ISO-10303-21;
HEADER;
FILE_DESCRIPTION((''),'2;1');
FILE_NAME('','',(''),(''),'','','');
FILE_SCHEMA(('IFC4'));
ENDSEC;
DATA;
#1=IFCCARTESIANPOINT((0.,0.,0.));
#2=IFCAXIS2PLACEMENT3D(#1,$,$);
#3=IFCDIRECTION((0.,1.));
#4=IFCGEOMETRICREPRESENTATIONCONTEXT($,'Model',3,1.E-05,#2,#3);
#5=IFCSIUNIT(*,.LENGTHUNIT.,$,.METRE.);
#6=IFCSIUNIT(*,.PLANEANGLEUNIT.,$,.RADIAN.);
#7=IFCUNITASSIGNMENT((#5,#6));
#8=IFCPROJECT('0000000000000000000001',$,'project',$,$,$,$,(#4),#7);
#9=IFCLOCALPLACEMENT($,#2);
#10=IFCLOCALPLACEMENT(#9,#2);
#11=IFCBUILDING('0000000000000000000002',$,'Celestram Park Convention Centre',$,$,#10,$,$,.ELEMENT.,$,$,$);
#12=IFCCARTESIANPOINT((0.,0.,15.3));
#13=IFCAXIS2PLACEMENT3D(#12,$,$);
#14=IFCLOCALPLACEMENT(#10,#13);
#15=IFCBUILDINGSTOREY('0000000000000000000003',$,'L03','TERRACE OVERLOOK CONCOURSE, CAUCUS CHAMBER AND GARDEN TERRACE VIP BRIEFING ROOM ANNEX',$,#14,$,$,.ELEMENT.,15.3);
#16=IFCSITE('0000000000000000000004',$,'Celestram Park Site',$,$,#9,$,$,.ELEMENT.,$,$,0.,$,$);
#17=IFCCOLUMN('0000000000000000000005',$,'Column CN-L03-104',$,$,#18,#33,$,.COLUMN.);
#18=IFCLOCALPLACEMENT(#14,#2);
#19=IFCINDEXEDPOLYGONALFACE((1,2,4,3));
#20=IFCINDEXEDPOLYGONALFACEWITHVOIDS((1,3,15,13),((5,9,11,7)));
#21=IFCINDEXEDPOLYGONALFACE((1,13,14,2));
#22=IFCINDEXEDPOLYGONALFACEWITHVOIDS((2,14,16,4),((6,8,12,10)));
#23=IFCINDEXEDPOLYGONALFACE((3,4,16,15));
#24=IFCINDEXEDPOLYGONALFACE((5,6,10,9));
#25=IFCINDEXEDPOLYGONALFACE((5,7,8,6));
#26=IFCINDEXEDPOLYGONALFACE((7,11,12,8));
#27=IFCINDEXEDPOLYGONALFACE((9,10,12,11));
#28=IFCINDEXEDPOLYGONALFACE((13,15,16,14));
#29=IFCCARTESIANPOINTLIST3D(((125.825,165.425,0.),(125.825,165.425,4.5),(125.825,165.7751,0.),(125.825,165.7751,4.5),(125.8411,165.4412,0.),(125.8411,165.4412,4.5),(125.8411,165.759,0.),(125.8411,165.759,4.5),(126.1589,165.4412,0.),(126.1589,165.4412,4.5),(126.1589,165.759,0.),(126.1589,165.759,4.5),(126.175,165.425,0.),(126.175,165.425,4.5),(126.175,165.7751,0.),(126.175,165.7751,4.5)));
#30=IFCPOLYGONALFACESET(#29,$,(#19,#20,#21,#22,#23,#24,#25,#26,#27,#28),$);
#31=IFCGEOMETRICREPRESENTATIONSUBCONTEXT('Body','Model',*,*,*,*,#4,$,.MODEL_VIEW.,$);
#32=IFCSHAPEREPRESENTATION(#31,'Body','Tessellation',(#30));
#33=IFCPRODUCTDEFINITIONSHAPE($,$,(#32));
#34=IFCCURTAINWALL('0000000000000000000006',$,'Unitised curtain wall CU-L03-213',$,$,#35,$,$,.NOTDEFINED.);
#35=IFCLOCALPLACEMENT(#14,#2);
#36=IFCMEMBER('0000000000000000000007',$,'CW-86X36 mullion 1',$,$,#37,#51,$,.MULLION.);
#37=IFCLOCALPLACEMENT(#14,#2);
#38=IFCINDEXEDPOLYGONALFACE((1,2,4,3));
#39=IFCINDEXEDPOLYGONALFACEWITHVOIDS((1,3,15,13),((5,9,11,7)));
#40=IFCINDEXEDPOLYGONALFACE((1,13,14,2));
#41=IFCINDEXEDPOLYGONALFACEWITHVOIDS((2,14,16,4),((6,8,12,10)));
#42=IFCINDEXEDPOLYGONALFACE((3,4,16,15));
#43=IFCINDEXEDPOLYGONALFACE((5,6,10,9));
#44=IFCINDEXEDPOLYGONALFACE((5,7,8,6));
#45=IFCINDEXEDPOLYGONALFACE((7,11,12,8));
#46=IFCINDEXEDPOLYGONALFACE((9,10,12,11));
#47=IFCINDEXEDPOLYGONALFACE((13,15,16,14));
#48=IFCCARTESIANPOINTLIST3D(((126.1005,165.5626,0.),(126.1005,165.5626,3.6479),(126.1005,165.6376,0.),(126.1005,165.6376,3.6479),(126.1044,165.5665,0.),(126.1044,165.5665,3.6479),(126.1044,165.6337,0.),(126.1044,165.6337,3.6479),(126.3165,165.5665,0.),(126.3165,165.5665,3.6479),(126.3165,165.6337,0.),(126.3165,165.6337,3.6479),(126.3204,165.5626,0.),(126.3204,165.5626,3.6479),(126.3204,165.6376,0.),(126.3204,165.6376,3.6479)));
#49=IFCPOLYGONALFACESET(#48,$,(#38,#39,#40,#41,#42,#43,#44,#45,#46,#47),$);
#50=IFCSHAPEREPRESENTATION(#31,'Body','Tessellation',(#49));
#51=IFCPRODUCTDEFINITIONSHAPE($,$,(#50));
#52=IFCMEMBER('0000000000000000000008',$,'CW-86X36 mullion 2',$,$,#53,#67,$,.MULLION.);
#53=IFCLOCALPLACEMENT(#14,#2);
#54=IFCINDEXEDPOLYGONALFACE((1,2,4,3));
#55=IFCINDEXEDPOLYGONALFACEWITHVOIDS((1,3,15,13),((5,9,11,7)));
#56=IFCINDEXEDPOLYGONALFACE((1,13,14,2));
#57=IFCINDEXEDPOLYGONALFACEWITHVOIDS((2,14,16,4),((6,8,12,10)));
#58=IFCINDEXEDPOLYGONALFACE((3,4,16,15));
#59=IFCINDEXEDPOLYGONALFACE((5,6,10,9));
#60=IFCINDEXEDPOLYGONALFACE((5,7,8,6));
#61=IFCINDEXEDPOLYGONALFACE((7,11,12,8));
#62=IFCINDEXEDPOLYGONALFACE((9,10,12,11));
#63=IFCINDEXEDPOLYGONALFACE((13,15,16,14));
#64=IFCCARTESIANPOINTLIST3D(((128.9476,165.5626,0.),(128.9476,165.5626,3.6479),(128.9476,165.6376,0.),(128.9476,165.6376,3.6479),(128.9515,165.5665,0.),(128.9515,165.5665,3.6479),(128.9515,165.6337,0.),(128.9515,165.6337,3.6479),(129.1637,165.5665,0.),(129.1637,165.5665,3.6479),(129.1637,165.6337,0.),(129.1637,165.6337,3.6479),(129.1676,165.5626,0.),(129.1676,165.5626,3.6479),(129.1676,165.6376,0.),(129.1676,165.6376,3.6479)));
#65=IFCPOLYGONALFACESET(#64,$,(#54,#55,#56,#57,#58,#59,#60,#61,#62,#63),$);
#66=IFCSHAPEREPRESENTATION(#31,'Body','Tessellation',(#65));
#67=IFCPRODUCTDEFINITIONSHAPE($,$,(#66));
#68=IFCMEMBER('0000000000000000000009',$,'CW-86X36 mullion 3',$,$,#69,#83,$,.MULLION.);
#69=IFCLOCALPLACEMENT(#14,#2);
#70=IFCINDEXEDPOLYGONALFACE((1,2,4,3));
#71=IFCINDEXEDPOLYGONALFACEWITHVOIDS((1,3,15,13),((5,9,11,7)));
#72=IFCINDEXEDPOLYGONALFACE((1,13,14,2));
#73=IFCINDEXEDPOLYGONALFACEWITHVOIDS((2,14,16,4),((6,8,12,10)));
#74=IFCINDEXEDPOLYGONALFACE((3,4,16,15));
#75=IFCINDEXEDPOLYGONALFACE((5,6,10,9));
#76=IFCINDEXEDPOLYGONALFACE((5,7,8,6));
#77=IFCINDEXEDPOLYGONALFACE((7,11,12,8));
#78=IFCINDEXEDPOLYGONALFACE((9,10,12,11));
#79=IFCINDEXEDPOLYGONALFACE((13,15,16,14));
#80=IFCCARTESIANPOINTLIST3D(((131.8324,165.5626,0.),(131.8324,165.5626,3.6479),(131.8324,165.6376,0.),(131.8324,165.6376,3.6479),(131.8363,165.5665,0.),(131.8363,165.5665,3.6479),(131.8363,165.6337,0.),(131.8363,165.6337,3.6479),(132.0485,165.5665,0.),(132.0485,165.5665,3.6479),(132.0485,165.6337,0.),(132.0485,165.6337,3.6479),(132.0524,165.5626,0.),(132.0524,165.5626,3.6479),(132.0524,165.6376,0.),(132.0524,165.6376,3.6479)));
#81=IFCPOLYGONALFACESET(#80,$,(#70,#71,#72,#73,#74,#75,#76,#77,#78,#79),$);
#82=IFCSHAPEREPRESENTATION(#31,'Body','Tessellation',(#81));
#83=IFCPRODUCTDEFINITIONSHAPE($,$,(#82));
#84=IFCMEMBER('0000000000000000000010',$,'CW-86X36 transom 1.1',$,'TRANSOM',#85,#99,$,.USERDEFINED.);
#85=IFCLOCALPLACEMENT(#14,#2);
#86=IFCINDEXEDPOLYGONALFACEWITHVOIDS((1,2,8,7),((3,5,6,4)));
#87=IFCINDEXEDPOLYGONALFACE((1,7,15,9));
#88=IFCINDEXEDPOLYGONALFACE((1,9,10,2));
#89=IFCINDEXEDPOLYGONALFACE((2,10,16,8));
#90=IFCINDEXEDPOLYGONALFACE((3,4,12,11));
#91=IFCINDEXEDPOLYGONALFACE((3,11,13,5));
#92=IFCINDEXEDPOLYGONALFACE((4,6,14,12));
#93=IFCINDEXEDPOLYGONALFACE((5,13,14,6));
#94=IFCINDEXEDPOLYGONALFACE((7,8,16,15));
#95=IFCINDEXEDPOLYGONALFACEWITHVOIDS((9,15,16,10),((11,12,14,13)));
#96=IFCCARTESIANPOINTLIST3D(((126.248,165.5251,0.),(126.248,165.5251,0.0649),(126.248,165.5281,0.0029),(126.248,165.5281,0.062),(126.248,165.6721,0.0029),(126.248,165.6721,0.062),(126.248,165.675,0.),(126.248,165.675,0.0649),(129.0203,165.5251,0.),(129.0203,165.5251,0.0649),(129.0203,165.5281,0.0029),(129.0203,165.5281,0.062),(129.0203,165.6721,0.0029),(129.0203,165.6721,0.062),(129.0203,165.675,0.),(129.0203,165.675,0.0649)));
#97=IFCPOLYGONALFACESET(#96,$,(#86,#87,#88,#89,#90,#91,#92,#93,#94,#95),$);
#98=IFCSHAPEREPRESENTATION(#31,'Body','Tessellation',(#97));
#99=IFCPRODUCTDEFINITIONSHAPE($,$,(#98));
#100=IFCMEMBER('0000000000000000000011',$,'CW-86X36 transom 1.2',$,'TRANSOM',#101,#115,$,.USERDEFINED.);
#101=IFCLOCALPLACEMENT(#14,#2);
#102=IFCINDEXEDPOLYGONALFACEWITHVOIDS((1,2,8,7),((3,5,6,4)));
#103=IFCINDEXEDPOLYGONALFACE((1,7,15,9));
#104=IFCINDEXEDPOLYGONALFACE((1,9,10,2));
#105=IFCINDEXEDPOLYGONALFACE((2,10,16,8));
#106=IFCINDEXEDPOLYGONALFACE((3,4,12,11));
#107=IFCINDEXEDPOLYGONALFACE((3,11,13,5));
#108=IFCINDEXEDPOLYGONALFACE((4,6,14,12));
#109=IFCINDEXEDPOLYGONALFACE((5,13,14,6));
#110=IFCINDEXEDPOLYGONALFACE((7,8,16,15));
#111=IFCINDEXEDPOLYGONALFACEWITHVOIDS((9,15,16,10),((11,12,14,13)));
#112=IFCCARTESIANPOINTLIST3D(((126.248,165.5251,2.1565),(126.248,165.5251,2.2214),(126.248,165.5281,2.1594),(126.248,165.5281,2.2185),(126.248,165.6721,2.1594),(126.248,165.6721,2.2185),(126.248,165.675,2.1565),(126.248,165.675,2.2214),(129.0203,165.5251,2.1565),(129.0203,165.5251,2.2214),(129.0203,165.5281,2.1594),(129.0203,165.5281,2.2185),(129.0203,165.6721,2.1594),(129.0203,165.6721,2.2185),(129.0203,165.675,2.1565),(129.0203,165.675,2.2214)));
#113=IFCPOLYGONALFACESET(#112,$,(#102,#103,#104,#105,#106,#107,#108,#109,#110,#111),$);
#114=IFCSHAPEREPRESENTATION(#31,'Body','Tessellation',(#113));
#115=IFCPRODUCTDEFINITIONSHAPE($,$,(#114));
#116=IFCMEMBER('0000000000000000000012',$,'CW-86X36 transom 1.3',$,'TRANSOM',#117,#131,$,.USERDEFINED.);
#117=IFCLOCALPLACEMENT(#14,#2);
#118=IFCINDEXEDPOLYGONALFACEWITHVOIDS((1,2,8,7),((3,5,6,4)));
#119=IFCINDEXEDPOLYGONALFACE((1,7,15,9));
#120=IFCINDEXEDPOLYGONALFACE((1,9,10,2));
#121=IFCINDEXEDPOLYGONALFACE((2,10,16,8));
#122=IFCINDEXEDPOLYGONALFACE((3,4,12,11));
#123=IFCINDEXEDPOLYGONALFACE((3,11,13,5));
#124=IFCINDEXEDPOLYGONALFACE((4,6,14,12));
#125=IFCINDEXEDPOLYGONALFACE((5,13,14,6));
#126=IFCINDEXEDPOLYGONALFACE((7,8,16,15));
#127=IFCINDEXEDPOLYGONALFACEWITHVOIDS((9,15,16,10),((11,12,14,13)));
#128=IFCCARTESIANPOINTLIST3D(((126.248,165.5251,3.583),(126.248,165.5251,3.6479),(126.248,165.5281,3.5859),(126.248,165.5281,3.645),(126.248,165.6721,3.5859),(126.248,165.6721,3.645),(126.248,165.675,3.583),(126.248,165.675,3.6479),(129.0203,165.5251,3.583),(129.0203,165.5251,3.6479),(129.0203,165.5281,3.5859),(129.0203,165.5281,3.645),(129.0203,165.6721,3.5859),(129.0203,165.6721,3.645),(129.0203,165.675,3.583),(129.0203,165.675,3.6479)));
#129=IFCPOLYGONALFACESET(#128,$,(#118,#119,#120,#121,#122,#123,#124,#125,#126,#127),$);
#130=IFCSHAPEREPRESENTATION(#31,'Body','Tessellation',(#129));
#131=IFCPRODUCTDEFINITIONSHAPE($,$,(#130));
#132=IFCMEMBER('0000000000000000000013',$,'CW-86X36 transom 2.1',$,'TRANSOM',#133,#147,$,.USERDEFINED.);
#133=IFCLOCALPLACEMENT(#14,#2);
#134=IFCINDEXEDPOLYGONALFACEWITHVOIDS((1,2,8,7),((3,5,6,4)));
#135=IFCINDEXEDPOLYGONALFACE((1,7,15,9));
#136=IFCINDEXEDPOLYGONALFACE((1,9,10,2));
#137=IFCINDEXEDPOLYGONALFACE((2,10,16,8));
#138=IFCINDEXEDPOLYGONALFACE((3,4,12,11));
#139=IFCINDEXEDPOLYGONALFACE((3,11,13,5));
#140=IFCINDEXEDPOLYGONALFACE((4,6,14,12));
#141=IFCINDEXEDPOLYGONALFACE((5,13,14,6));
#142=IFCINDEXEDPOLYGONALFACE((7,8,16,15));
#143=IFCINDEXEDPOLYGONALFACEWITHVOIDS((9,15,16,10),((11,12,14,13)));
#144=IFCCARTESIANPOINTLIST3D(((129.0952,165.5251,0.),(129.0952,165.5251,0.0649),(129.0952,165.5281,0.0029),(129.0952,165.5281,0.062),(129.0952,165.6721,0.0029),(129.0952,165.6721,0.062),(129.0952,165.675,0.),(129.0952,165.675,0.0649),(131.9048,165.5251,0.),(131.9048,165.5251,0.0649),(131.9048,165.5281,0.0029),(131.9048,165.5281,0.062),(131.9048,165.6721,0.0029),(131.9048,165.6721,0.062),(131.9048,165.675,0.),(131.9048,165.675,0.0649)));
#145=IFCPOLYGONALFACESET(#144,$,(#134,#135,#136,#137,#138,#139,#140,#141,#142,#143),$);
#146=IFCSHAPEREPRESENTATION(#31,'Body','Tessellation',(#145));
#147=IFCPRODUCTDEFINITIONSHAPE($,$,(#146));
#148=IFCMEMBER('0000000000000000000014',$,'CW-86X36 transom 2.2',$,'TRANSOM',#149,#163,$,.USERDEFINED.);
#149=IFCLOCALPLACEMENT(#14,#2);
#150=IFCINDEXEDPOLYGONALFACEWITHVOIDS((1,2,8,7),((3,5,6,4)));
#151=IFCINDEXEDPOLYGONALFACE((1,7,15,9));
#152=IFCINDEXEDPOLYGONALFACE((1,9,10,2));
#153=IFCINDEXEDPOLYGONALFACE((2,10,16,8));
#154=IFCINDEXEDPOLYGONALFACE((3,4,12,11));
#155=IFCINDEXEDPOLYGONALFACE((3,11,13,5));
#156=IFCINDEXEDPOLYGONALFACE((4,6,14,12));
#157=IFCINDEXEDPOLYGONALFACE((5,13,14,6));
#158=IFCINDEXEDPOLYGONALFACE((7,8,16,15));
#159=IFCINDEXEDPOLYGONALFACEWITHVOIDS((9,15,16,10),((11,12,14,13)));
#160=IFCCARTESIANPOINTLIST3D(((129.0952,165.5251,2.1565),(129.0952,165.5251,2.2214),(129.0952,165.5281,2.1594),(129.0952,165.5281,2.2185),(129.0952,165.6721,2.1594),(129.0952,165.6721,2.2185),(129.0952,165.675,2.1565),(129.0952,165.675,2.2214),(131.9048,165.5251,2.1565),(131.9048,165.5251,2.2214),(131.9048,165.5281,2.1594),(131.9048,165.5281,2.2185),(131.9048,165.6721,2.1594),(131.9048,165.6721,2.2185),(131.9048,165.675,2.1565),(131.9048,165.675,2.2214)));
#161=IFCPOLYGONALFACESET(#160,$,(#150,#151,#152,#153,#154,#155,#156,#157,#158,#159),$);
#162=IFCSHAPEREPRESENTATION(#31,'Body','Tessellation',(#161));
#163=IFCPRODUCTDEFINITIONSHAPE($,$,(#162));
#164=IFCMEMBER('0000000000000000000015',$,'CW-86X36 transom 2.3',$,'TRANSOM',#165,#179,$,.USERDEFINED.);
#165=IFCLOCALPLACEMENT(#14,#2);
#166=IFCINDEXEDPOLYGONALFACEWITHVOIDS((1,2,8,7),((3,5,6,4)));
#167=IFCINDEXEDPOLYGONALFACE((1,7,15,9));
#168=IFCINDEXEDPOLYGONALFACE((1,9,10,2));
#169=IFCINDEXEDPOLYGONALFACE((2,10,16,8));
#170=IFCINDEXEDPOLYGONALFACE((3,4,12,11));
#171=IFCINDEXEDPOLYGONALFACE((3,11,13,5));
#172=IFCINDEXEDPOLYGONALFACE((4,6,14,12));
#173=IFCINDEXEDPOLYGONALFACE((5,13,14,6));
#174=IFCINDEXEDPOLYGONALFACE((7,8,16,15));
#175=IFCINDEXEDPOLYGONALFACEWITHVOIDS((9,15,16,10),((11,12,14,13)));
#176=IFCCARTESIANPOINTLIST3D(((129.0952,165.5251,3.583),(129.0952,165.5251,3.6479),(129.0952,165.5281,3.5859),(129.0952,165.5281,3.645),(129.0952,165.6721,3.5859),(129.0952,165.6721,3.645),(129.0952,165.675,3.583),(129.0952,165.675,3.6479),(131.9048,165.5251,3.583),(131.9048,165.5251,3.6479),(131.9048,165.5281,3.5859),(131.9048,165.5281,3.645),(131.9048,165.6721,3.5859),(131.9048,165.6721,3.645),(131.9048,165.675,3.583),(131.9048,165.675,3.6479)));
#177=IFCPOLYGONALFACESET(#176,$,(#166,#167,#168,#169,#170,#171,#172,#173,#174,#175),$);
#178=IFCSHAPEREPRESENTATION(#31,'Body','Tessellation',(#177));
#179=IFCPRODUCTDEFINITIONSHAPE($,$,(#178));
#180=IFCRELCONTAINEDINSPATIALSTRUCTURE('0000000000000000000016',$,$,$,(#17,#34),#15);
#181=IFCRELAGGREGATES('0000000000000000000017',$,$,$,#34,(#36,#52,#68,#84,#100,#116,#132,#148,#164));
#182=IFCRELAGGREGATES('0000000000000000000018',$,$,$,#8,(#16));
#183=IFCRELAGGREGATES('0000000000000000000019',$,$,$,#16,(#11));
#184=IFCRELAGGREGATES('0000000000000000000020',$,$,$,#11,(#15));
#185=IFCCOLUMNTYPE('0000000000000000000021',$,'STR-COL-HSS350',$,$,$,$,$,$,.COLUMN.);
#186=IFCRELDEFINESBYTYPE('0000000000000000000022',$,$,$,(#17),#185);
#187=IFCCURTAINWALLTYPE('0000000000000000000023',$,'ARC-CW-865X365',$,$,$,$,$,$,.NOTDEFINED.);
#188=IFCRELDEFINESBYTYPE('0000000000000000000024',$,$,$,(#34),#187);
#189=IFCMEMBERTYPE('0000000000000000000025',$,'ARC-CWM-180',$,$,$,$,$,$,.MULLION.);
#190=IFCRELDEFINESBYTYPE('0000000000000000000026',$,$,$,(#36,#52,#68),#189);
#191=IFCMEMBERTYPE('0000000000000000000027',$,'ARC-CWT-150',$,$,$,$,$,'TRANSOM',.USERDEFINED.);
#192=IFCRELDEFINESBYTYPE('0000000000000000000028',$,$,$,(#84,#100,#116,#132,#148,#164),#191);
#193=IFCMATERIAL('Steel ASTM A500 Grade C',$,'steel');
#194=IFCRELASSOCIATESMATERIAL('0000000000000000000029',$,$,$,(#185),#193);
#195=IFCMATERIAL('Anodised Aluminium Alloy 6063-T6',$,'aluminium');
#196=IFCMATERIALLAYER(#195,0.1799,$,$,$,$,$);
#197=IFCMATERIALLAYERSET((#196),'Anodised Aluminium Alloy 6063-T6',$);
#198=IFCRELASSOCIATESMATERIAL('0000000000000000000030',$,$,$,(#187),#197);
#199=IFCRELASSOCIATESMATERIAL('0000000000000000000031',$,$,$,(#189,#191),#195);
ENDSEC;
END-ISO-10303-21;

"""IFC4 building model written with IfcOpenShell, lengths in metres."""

from ifc_helpers import new_model, si_unit, direction, frame, origin, origin_2d, place, context, subcontext, project, spatial, hollow_rectangle, extrude, material, layer, layer_set, material_profile, profile_set, type_object, element, aggregate, save


model = new_model("IFC4")

# Units and contexts
model_context = context("Model", 3, precision=1e-05, world=origin(), true_north=direction((0.0, 1.0)))
body_context = subcontext(model_context, "Body", "Model", "MODEL_VIEW")
ifc_project = project(units=[si_unit("LENGTHUNIT", "METRE"), si_unit("PLANEANGLEUNIT", "RADIAN")], contexts=[model_context])

# Site, building, storey
site_placement = place(None, origin())
site = spatial("IfcSite", under=ifc_project, at=site_placement, Name="Celestram Park Site", CompositionType="ELEMENT", RefElevation=0.0)
building_placement = place(site_placement, origin())
building = spatial("IfcBuilding", under=site, at=building_placement, Name="Celestram Park Convention Centre", CompositionType="ELEMENT")
storey_placement = place(building_placement, frame((0.0, 0.0, 15.3)))
storey = spatial("IfcBuildingStorey", under=building, at=storey_placement, Name="L03", Description="TERRACE OVERLOOK CONCOURSE, CAUCUS CHAMBER AND GARDEN TERRACE VIP BRIEFING ROOM ANNEX", CompositionType="ELEMENT", Elevation=15.3)

# Column
ifc_material_1 = material(Name="Steel ASTM A500 Grade C", Category="steel")
ifc_material_profile_1 = material_profile(ifc_material_1, hollow_rectangle(XDim=0.3501, YDim=0.3501, WallThickness=0.0161, at=origin_2d()), Name="HSS350X350X16")
ifc_profile_set_1 = profile_set([ifc_material_profile_1], Name="Steel ASTM A500 Grade C")
column_type = type_object("IfcColumnType", Name="STR-COL-HSS350", PredefinedType="COLUMN", material=ifc_profile_set_1)
column_placement = place(storey_placement, frame((126.0, 165.6001, 0.0), z_axis=(0.0, 0.0, 1.0), x_axis=(1.0, 0.0, 0.0)))
element("IfcColumn", 1, at=column_placement, inside=storey, type_object=column_type, Name="Column CN-L03-104", PredefinedType="COLUMN", context=body_context, shape_type="SweptSolid", body=[
    extrude(hollow_rectangle(XDim=0.3501, YDim=0.3501, WallThickness=0.0161, at=origin_2d()), origin(), (0.0, 0.0, 1.0), 4.5),
])

# Curtain wall, members
ifc_material_2 = material(Name="Anodised Aluminium Alloy 6063-T6", Category="aluminium")
ifc_layer_1 = layer(ifc_material_2, 0.1799)
ifc_layer_set_1 = layer_set([ifc_layer_1], Name="Anodised Aluminium Alloy 6063-T6")
curtain_wall_type = type_object("IfcCurtainWallType", Name="ARC-CW-865X365", PredefinedType="NOTDEFINED", material=ifc_layer_set_1)
curtain_wall_placement = place(storey_placement, origin())
curtain_wall = element("IfcCurtainWall", 2, at=curtain_wall_placement, inside=storey, type_object=curtain_wall_type, Name="Unitised curtain wall CU-L03-213", PredefinedType="NOTDEFINED")
ifc_material_profile_2 = material_profile(ifc_material_2, hollow_rectangle(XDim=0.075, YDim=0.22, WallThickness=0.0039, at=origin_2d()), Name="ALU75X220X4")
ifc_profile_set_2 = profile_set([ifc_material_profile_2], Name="Anodised Aluminium Alloy 6063-T6")
member_type_1 = type_object("IfcMemberType", Name="ARC-CWM-180", PredefinedType="MULLION", material=ifc_profile_set_2)
member_1_placement = place(storey_placement, frame((126.2104, 165.6001, 0.0), z_axis=(0.0, 0.0, 1.0), x_axis=(0.0, 1.0, 0.0)))
member_1 = element("IfcMember", 3, at=member_1_placement, type_object=member_type_1, Name="CW-86X36 mullion 1", PredefinedType="MULLION", context=body_context, shape_type="SweptSolid", body=[
    extrude(hollow_rectangle(XDim=0.075, YDim=0.22, WallThickness=0.0039, at=origin_2d()), origin(), (0.0, 0.0, 1.0), 3.6479),
])
member_2_placement = place(storey_placement, frame((129.0576, 165.6001, 0.0), z_axis=(0.0, 0.0, 1.0), x_axis=(0.0, 1.0, 0.0)))
member_2 = element("IfcMember", 4, at=member_2_placement, type_object=member_type_1, Name="CW-86X36 mullion 2", PredefinedType="MULLION", context=body_context, shape_type="SweptSolid", body=[
    extrude(hollow_rectangle(XDim=0.075, YDim=0.22, WallThickness=0.0039, at=origin_2d()), origin(), (0.0, 0.0, 1.0), 3.6479),
])
member_3_placement = place(storey_placement, frame((131.9424, 165.6001, 0.0), z_axis=(0.0, 0.0, 1.0), x_axis=(0.0, 1.0, 0.0)))
member_3 = element("IfcMember", 5, at=member_3_placement, type_object=member_type_1, Name="CW-86X36 mullion 3", PredefinedType="MULLION", context=body_context, shape_type="SweptSolid", body=[
    extrude(hollow_rectangle(XDim=0.075, YDim=0.22, WallThickness=0.0039, at=origin_2d()), origin(), (0.0, 0.0, 1.0), 3.6479),
])
ifc_material_profile_3 = material_profile(ifc_material_2, hollow_rectangle(XDim=0.1499, YDim=0.0649, WallThickness=0.0029, at=origin_2d()), Name="ALU150X65X3")
ifc_profile_set_3 = profile_set([ifc_material_profile_3], Name="Anodised Aluminium Alloy 6063-T6")
member_type_2 = type_object("IfcMemberType", Name="ARC-CWT-150", ElementType="TRANSOM", PredefinedType="USERDEFINED", material=ifc_profile_set_3)
member_4_placement = place(storey_placement, frame((126.248, 165.6001, 0.0325), z_axis=(1.0, 0.0, 0.0), x_axis=(0.0, 1.0, 0.0)))
member_4 = element("IfcMember", 6, at=member_4_placement, type_object=member_type_2, Name="CW-86X36 transom 1.1", ObjectType="TRANSOM", PredefinedType="USERDEFINED", context=body_context, shape_type="SweptSolid", body=[
    extrude(hollow_rectangle(XDim=0.1499, YDim=0.0649, WallThickness=0.0029, at=origin_2d()), origin(), (0.0, 0.0, 1.0), 2.7722),
])
member_5_placement = place(storey_placement, frame((126.248, 165.6001, 2.189), z_axis=(1.0, 0.0, 0.0), x_axis=(0.0, 1.0, 0.0)))
member_5 = element("IfcMember", 7, at=member_5_placement, type_object=member_type_2, Name="CW-86X36 transom 1.2", ObjectType="TRANSOM", PredefinedType="USERDEFINED", context=body_context, shape_type="SweptSolid", body=[
    extrude(hollow_rectangle(XDim=0.1499, YDim=0.0649, WallThickness=0.0029, at=origin_2d()), origin(), (0.0, 0.0, 1.0), 2.7722),
])
member_6_placement = place(storey_placement, frame((126.248, 165.6001, 3.6155), z_axis=(1.0, 0.0, 0.0), x_axis=(0.0, 1.0, 0.0)))
member_6 = element("IfcMember", 8, at=member_6_placement, type_object=member_type_2, Name="CW-86X36 transom 1.3", ObjectType="TRANSOM", PredefinedType="USERDEFINED", context=body_context, shape_type="SweptSolid", body=[
    extrude(hollow_rectangle(XDim=0.1499, YDim=0.0649, WallThickness=0.0029, at=origin_2d()), origin(), (0.0, 0.0, 1.0), 2.7722),
])
member_7_placement = place(storey_placement, frame((129.0952, 165.6001, 0.0325), z_axis=(1.0, 0.0, 0.0), x_axis=(0.0, 1.0, 0.0)))
member_7 = element("IfcMember", 9, at=member_7_placement, type_object=member_type_2, Name="CW-86X36 transom 2.1", ObjectType="TRANSOM", PredefinedType="USERDEFINED", context=body_context, shape_type="SweptSolid", body=[
    extrude(hollow_rectangle(XDim=0.1499, YDim=0.0649, WallThickness=0.0029, at=origin_2d()), origin(), (0.0, 0.0, 1.0), 2.8096),
])
member_8_placement = place(storey_placement, frame((129.0952, 165.6001, 2.189), z_axis=(1.0, 0.0, 0.0), x_axis=(0.0, 1.0, 0.0)))
member_8 = element("IfcMember", 10, at=member_8_placement, type_object=member_type_2, Name="CW-86X36 transom 2.2", ObjectType="TRANSOM", PredefinedType="USERDEFINED", context=body_context, shape_type="SweptSolid", body=[
    extrude(hollow_rectangle(XDim=0.1499, YDim=0.0649, WallThickness=0.0029, at=origin_2d()), origin(), (0.0, 0.0, 1.0), 2.8096),
])
member_9_placement = place(storey_placement, frame((129.0952, 165.6001, 3.6155), z_axis=(1.0, 0.0, 0.0), x_axis=(0.0, 1.0, 0.0)))
member_9 = element("IfcMember", 11, at=member_9_placement, type_object=member_type_2, Name="CW-86X36 transom 2.3", ObjectType="TRANSOM", PredefinedType="USERDEFINED", context=body_context, shape_type="SweptSolid", body=[
    extrude(hollow_rectangle(XDim=0.1499, YDim=0.0649, WallThickness=0.0029, at=origin_2d()), origin(), (0.0, 0.0, 1.0), 2.8096),
])

aggregate(curtain_wall, [member_1, member_2, member_3, member_4, member_5, member_6, member_7, member_8, member_9])

save(model, "model.ifc")
